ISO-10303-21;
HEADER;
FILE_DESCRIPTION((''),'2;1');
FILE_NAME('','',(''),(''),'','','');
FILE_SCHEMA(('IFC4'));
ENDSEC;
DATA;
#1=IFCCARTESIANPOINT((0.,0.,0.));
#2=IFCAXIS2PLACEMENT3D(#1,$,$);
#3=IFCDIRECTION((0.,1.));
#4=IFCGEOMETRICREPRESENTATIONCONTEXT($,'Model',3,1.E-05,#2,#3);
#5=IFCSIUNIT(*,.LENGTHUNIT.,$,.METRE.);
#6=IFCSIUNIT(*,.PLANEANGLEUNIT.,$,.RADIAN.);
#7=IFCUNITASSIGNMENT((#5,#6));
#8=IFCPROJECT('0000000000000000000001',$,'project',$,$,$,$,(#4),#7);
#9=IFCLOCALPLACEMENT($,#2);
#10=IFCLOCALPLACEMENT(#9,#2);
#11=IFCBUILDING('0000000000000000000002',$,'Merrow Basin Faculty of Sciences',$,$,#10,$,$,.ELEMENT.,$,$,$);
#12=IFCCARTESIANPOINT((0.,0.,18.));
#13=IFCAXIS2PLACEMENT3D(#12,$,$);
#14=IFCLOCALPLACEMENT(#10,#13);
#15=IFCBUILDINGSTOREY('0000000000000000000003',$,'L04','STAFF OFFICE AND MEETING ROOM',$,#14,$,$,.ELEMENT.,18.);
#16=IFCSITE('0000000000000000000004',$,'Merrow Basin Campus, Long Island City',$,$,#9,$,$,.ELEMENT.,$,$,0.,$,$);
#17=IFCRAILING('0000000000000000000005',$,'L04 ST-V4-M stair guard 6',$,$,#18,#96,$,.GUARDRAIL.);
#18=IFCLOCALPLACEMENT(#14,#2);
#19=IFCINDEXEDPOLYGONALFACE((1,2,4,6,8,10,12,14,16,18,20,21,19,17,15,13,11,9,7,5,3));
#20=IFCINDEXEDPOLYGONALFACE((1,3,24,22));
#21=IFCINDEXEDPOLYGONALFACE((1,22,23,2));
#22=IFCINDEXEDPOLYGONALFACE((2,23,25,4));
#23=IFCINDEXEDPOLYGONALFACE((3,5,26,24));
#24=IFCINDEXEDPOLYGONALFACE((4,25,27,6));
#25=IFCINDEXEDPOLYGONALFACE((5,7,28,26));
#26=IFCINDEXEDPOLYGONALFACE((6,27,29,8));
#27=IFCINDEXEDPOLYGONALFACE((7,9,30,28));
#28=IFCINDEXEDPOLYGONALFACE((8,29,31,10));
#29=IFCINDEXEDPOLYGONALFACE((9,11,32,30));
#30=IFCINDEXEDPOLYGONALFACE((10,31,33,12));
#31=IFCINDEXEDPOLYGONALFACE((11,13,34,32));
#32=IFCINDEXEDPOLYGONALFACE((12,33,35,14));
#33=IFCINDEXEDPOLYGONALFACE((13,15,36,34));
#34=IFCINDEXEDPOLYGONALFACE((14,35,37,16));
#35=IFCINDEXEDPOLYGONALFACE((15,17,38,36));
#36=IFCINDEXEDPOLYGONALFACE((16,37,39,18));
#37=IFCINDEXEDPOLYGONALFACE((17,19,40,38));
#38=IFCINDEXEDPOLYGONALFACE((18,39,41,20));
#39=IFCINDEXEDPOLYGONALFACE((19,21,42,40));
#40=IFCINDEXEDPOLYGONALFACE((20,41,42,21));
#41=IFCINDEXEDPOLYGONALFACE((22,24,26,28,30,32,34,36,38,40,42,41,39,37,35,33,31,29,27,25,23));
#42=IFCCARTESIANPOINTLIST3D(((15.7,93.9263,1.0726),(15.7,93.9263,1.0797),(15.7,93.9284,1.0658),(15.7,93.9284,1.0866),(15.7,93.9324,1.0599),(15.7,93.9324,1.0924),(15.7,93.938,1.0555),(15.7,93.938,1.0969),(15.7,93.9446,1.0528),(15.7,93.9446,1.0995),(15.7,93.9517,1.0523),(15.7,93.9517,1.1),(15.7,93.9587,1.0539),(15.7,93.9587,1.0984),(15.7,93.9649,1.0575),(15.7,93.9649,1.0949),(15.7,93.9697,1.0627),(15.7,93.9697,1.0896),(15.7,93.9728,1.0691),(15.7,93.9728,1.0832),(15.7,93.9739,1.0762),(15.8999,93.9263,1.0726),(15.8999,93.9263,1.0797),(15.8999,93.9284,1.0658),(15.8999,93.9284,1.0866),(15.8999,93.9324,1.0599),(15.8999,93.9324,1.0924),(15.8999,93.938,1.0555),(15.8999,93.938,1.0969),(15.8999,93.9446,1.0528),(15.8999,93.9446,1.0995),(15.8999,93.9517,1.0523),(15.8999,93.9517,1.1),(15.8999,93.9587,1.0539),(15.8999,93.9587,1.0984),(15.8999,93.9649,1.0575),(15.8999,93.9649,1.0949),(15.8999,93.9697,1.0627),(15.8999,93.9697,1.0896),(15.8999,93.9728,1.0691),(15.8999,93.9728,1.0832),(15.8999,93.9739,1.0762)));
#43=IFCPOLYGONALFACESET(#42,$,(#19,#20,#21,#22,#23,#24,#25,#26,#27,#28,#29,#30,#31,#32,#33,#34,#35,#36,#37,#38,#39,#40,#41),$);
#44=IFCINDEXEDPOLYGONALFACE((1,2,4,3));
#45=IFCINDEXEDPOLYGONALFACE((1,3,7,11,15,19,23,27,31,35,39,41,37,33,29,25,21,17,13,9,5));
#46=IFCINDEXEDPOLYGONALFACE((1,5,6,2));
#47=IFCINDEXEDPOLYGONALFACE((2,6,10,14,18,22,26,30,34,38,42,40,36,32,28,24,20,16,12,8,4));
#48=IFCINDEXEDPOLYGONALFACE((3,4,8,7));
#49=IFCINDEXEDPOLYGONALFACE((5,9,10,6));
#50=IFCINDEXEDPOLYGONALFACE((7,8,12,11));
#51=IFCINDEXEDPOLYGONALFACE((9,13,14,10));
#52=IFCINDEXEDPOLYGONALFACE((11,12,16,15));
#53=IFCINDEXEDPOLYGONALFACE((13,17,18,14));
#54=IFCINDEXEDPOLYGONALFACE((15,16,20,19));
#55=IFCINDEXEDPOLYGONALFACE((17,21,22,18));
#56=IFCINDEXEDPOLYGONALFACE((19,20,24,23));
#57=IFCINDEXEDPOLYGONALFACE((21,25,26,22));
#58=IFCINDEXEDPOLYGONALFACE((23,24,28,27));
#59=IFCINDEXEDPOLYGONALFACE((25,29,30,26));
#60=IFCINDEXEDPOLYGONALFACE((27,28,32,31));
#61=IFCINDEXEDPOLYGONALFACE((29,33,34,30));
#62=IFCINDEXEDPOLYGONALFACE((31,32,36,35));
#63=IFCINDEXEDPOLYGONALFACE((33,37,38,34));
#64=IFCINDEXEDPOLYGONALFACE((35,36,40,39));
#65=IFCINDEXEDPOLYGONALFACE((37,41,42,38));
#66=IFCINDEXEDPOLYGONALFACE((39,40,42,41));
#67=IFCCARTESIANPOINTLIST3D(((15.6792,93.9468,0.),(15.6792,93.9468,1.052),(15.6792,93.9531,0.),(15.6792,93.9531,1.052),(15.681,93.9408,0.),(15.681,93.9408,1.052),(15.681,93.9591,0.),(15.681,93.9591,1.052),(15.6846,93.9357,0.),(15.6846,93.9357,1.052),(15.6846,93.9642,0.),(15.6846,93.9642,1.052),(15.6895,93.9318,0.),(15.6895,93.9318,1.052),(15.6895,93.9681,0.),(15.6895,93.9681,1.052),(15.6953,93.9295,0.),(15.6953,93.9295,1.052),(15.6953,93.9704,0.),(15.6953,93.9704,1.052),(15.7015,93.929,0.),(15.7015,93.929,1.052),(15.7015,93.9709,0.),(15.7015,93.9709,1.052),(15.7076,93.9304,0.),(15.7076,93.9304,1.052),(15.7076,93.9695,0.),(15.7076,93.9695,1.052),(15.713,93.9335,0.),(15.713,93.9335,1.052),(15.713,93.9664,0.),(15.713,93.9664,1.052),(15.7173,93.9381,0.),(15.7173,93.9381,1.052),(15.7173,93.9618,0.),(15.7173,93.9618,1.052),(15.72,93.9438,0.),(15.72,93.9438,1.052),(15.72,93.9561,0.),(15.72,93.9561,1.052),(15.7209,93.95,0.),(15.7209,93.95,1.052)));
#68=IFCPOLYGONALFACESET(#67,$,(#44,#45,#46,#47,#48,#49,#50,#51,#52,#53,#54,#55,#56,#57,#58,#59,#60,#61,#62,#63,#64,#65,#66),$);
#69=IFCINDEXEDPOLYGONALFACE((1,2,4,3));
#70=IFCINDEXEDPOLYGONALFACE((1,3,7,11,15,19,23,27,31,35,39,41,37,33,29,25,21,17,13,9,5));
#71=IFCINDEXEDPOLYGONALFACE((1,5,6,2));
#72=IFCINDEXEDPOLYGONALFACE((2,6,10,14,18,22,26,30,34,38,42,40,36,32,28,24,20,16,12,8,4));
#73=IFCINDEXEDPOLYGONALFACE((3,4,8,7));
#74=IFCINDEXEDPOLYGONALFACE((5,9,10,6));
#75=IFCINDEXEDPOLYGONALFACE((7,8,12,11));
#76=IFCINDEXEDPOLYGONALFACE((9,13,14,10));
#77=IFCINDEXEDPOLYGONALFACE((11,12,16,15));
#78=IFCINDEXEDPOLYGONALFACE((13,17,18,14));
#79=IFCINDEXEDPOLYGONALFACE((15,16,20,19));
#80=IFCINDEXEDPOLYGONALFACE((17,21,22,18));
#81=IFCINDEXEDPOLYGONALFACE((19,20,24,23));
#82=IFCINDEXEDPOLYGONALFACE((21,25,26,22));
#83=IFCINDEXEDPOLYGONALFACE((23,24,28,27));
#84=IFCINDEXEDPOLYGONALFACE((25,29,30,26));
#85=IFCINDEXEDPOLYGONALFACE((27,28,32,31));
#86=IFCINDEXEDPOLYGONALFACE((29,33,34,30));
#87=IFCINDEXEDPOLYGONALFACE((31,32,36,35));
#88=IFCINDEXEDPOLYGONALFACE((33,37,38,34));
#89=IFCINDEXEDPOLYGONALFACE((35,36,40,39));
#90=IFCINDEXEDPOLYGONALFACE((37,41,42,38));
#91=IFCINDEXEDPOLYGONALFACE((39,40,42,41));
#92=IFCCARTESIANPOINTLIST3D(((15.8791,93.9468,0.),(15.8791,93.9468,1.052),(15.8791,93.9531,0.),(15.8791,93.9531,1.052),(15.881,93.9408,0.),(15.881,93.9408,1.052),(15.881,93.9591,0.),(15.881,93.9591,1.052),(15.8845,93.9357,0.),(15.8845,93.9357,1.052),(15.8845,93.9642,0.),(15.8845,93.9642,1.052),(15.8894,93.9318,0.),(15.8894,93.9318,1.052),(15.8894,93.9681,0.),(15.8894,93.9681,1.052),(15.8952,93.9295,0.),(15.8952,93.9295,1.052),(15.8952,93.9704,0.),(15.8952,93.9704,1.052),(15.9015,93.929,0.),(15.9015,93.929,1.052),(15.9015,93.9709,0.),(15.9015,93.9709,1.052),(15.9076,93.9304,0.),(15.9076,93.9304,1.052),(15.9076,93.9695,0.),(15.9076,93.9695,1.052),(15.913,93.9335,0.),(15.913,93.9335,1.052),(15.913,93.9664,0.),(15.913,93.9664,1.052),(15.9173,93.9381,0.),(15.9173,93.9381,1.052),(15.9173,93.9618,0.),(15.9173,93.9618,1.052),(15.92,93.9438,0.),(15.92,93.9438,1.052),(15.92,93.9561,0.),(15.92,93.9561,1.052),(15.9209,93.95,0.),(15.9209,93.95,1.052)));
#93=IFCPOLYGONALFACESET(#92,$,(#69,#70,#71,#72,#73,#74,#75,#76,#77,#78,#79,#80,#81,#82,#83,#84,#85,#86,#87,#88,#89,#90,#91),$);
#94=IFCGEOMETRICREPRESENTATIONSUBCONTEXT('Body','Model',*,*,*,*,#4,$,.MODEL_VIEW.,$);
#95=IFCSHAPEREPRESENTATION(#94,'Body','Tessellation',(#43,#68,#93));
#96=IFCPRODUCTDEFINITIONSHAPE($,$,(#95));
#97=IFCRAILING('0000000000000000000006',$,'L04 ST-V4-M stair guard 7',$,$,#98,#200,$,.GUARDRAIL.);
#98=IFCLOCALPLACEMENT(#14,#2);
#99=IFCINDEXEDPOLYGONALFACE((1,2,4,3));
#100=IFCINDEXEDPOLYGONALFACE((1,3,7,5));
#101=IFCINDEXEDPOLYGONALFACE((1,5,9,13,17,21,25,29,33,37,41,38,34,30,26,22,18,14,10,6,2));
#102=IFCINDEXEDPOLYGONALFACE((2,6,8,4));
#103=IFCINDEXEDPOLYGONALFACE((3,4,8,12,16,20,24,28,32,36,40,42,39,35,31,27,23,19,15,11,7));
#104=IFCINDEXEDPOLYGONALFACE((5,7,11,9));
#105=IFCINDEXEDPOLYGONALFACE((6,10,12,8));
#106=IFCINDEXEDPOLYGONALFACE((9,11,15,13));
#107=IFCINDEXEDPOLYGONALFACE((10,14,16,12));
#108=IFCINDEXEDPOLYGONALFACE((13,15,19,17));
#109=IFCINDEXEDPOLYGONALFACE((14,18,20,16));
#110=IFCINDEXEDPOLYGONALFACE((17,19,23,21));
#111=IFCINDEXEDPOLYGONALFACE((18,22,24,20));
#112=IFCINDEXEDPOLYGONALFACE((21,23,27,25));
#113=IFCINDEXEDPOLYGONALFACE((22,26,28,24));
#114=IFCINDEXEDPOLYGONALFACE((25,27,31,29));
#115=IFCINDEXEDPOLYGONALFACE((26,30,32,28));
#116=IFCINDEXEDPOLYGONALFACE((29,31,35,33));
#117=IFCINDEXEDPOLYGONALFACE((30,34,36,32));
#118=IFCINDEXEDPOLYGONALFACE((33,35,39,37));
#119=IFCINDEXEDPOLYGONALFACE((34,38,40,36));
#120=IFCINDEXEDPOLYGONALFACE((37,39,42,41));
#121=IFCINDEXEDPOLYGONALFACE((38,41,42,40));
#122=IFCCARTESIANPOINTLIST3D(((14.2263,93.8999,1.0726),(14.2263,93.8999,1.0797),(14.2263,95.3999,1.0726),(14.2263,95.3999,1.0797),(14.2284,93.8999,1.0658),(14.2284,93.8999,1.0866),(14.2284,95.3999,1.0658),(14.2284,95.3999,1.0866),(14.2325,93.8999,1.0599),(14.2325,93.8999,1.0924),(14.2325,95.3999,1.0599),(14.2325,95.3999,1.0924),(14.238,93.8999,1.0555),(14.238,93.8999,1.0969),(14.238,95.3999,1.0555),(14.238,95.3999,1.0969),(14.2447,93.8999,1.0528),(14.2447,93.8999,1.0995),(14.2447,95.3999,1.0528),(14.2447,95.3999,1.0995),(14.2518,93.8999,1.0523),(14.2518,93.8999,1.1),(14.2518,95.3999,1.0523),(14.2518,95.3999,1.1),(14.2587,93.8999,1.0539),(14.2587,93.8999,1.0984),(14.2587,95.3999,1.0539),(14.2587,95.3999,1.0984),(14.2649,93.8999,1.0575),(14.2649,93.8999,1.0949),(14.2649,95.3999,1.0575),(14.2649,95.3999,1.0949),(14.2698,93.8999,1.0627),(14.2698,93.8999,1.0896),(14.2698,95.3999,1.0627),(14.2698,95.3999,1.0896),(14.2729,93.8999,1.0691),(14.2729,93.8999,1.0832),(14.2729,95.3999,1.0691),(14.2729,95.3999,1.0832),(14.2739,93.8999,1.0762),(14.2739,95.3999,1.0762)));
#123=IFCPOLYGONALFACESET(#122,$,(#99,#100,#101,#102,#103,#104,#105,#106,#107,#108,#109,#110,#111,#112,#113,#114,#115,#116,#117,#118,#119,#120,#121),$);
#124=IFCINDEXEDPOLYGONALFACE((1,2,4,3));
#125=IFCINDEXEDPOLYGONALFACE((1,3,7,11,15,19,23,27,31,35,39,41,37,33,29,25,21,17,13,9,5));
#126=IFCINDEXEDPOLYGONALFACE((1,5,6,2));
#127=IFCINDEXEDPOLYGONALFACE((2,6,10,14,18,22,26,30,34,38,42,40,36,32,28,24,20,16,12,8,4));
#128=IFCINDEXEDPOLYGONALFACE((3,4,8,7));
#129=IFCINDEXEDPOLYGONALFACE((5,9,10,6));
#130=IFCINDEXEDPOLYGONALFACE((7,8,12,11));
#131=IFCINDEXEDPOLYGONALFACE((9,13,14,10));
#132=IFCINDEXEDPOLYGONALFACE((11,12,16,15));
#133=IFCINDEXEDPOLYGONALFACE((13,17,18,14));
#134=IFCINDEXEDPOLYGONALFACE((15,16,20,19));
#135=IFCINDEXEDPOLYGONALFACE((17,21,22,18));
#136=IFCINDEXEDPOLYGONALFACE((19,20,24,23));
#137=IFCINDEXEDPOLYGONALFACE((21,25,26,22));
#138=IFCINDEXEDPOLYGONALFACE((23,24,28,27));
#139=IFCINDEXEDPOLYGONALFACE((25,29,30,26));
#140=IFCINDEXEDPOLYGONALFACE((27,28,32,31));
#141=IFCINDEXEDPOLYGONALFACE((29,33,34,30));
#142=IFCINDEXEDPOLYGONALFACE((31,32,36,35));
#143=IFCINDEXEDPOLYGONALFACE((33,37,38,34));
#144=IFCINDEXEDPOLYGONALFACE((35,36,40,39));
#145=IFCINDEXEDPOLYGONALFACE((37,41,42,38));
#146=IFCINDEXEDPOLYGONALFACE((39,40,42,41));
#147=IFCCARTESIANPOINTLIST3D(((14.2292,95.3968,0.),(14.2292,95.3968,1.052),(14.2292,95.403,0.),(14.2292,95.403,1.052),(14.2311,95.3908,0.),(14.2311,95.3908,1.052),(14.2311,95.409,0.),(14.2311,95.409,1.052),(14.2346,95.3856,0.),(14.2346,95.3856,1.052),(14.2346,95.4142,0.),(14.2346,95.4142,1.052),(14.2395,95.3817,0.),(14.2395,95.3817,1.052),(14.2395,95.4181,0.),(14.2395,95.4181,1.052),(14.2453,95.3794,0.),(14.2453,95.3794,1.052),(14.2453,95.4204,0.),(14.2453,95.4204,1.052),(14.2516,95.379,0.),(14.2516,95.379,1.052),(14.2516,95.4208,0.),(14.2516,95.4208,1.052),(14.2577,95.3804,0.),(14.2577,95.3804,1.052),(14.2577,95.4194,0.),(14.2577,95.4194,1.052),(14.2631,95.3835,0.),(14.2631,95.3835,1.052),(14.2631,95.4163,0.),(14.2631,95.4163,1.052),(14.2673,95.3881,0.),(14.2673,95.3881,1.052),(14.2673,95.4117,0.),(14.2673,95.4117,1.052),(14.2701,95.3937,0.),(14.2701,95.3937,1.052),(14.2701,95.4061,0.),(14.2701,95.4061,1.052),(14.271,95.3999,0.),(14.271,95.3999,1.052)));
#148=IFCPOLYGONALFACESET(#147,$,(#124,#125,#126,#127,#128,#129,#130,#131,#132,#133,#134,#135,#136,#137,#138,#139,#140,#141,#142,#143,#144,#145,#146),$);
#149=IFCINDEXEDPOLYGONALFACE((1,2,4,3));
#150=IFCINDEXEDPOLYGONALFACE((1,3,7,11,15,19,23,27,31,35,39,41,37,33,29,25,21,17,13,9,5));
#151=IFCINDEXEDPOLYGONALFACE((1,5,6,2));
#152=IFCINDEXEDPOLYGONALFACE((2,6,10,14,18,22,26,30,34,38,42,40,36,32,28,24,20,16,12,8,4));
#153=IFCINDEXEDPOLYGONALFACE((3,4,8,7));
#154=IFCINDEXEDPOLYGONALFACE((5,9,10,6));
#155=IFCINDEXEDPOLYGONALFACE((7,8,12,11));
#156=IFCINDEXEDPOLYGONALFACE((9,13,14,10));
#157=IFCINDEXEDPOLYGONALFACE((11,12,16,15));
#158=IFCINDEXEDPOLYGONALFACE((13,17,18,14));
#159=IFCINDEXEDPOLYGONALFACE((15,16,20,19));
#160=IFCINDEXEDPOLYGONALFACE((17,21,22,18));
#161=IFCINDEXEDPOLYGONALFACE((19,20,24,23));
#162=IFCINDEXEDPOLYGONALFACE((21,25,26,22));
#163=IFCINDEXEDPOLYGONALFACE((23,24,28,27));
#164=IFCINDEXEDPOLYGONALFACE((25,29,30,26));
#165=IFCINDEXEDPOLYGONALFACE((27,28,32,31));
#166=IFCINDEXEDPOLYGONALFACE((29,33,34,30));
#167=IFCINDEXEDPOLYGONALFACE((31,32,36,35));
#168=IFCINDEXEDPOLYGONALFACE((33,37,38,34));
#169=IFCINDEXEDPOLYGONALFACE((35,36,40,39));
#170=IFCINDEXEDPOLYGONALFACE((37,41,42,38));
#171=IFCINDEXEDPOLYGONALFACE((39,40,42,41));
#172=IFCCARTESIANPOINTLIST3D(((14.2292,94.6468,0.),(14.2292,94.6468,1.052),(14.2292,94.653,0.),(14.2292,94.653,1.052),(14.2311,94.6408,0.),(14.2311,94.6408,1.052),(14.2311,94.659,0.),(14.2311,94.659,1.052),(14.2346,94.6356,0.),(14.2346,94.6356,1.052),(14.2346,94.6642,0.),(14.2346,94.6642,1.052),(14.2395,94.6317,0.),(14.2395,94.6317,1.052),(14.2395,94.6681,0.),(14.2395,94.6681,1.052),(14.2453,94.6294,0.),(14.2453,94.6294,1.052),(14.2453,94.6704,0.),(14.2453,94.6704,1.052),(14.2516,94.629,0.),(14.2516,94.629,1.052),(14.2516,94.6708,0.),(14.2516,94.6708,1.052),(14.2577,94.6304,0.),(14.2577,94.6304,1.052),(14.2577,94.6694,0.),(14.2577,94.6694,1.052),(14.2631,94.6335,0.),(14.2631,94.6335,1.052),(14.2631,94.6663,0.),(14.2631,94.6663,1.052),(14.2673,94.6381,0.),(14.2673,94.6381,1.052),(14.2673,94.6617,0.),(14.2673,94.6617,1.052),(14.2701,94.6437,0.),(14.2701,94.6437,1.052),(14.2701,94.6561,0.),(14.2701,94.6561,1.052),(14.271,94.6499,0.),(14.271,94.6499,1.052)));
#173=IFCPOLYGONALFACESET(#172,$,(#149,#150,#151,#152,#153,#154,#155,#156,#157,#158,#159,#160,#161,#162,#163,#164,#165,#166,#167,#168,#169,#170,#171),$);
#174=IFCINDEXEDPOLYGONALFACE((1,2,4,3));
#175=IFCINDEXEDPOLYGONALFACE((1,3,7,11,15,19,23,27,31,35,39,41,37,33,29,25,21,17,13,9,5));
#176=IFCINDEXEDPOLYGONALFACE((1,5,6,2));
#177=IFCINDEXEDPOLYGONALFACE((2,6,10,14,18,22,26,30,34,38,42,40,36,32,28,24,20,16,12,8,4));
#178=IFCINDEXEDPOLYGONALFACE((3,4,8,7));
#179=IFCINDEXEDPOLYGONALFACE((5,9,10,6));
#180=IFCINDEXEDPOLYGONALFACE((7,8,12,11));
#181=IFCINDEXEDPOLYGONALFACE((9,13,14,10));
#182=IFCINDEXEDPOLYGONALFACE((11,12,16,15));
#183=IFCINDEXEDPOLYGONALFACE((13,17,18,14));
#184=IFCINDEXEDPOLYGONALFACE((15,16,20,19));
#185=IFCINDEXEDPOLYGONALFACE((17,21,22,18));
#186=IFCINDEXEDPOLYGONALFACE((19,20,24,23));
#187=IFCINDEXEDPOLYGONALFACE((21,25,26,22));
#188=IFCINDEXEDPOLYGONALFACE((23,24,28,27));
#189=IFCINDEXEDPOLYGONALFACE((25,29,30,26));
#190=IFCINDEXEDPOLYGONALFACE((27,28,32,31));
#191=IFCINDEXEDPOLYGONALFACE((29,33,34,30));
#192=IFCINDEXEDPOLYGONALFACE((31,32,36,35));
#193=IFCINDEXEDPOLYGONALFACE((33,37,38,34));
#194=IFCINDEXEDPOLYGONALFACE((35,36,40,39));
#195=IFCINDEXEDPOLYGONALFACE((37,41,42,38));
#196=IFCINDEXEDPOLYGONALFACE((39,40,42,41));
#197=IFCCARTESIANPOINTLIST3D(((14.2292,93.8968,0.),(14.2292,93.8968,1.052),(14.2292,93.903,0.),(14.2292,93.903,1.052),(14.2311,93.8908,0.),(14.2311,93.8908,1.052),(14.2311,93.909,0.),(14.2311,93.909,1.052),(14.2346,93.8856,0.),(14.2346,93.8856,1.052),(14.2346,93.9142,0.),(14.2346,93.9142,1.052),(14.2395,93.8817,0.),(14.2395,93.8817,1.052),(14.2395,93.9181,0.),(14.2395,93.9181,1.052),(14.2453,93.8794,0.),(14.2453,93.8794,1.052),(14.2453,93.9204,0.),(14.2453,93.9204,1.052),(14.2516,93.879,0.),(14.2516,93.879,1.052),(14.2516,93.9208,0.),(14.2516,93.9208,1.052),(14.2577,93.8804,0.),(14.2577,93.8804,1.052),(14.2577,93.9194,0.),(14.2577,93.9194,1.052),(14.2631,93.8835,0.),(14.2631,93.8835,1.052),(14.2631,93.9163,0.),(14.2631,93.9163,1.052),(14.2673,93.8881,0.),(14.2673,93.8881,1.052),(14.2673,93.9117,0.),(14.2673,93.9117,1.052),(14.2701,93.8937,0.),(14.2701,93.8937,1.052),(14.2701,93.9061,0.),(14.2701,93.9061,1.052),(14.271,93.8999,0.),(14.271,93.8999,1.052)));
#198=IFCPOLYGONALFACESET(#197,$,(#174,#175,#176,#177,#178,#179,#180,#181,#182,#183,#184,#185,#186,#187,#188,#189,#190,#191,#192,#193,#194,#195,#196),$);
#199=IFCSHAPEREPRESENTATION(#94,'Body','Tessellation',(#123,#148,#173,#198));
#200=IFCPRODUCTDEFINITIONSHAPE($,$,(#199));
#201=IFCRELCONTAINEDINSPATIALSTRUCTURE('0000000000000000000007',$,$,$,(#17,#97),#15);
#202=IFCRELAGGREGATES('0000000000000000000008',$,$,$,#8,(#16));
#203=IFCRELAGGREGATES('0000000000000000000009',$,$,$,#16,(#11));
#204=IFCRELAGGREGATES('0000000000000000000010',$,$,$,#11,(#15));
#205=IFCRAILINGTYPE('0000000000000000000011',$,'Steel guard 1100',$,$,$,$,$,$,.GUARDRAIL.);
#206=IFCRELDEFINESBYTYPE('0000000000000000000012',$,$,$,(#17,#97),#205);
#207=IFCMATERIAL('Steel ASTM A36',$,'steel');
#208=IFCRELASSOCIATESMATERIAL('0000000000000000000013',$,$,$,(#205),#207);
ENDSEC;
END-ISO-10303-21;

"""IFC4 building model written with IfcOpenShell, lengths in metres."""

from ifc_helpers import new_model, si_unit, direction, frame, origin, origin_2d, place, context, subcontext, project, spatial, circle, extrude, material, type_object, element, save


model = new_model("IFC4")

# Units and contexts
model_context = context("Model", 3, precision=1e-05, world=origin(), true_north=direction((0.0, 1.0)))
body_context = subcontext(model_context, "Body", "Model", "MODEL_VIEW")
ifc_project = project(units=[si_unit("LENGTHUNIT", "METRE"), si_unit("PLANEANGLEUNIT", "RADIAN")], contexts=[model_context])

# Site, building, storey
site_placement = place(None, origin())
site = spatial("IfcSite", under=ifc_project, at=site_placement, Name="Merrow Basin Campus, Long Island City", CompositionType="ELEMENT", RefElevation=0.0)
building_placement = place(site_placement, origin())
building = spatial("IfcBuilding", under=site, at=building_placement, Name="Merrow Basin Faculty of Sciences", CompositionType="ELEMENT")
storey_placement = place(building_placement, frame((0.0, 0.0, 18.0)))
storey = spatial("IfcBuildingStorey", under=building, at=storey_placement, Name="L04", Description="STAFF OFFICE AND MEETING ROOM", CompositionType="ELEMENT", Elevation=18.0)

# Railings
ifc_material_1 = material(Name="Steel ASTM A36", Category="steel")
railing_type = type_object("IfcRailingType", Name="Steel guard 1100", PredefinedType="GUARDRAIL", material=ifc_material_1)
railing_1_placement = place(storey_placement, frame((15.7, 93.95, 0.0)))
element("IfcRailing", 1, at=railing_1_placement, inside=storey, type_object=railing_type, Name="L04 ST-V4-M stair guard 6", PredefinedType="GUARDRAIL", context=body_context, shape_type="SweptSolid", body=[
    extrude(circle(Radius=0.0239, at=origin_2d()), frame((0.0, 0.0, 1.0762), z_axis=(1.0, 0.0, 0.0), x_axis=(0.0, 1.0, 0.0)), (0.0, 0.0, 1.0), 0.2),
    extrude(circle(Radius=0.021, at=origin_2d()), origin(), (0.0, 0.0, 1.0), 1.052),
    extrude(circle(Radius=0.021, at=origin_2d()), frame((0.2, 0.0, 0.0)), (0.0, 0.0, 1.0), 1.052),
])
railing_2_placement = place(storey_placement, frame((14.25, 95.3999, 0.0)))
element("IfcRailing", 2, at=railing_2_placement, inside=storey, type_object=railing_type, Name="L04 ST-V4-M stair guard 7", PredefinedType="GUARDRAIL", context=body_context, shape_type="SweptSolid", body=[
    extrude(circle(Radius=0.0239, at=origin_2d()), frame((0.0, 0.0, 1.0762), z_axis=(0.0, -1.0, 0.0), x_axis=(1.0, 0.0, 0.0)), (0.0, 0.0, 1.0), 1.5),
    extrude(circle(Radius=0.021, at=origin_2d()), origin(), (0.0, 0.0, 1.0), 1.052),
    extrude(circle(Radius=0.021, at=origin_2d()), frame((0.0, -0.75, 0.0)), (0.0, 0.0, 1.0), 1.052),
    extrude(circle(Radius=0.021, at=origin_2d()), frame((0.0, -1.5, 0.0)), (0.0, 0.0, 1.0), 1.052),
])

save(model, "model.ifc")
